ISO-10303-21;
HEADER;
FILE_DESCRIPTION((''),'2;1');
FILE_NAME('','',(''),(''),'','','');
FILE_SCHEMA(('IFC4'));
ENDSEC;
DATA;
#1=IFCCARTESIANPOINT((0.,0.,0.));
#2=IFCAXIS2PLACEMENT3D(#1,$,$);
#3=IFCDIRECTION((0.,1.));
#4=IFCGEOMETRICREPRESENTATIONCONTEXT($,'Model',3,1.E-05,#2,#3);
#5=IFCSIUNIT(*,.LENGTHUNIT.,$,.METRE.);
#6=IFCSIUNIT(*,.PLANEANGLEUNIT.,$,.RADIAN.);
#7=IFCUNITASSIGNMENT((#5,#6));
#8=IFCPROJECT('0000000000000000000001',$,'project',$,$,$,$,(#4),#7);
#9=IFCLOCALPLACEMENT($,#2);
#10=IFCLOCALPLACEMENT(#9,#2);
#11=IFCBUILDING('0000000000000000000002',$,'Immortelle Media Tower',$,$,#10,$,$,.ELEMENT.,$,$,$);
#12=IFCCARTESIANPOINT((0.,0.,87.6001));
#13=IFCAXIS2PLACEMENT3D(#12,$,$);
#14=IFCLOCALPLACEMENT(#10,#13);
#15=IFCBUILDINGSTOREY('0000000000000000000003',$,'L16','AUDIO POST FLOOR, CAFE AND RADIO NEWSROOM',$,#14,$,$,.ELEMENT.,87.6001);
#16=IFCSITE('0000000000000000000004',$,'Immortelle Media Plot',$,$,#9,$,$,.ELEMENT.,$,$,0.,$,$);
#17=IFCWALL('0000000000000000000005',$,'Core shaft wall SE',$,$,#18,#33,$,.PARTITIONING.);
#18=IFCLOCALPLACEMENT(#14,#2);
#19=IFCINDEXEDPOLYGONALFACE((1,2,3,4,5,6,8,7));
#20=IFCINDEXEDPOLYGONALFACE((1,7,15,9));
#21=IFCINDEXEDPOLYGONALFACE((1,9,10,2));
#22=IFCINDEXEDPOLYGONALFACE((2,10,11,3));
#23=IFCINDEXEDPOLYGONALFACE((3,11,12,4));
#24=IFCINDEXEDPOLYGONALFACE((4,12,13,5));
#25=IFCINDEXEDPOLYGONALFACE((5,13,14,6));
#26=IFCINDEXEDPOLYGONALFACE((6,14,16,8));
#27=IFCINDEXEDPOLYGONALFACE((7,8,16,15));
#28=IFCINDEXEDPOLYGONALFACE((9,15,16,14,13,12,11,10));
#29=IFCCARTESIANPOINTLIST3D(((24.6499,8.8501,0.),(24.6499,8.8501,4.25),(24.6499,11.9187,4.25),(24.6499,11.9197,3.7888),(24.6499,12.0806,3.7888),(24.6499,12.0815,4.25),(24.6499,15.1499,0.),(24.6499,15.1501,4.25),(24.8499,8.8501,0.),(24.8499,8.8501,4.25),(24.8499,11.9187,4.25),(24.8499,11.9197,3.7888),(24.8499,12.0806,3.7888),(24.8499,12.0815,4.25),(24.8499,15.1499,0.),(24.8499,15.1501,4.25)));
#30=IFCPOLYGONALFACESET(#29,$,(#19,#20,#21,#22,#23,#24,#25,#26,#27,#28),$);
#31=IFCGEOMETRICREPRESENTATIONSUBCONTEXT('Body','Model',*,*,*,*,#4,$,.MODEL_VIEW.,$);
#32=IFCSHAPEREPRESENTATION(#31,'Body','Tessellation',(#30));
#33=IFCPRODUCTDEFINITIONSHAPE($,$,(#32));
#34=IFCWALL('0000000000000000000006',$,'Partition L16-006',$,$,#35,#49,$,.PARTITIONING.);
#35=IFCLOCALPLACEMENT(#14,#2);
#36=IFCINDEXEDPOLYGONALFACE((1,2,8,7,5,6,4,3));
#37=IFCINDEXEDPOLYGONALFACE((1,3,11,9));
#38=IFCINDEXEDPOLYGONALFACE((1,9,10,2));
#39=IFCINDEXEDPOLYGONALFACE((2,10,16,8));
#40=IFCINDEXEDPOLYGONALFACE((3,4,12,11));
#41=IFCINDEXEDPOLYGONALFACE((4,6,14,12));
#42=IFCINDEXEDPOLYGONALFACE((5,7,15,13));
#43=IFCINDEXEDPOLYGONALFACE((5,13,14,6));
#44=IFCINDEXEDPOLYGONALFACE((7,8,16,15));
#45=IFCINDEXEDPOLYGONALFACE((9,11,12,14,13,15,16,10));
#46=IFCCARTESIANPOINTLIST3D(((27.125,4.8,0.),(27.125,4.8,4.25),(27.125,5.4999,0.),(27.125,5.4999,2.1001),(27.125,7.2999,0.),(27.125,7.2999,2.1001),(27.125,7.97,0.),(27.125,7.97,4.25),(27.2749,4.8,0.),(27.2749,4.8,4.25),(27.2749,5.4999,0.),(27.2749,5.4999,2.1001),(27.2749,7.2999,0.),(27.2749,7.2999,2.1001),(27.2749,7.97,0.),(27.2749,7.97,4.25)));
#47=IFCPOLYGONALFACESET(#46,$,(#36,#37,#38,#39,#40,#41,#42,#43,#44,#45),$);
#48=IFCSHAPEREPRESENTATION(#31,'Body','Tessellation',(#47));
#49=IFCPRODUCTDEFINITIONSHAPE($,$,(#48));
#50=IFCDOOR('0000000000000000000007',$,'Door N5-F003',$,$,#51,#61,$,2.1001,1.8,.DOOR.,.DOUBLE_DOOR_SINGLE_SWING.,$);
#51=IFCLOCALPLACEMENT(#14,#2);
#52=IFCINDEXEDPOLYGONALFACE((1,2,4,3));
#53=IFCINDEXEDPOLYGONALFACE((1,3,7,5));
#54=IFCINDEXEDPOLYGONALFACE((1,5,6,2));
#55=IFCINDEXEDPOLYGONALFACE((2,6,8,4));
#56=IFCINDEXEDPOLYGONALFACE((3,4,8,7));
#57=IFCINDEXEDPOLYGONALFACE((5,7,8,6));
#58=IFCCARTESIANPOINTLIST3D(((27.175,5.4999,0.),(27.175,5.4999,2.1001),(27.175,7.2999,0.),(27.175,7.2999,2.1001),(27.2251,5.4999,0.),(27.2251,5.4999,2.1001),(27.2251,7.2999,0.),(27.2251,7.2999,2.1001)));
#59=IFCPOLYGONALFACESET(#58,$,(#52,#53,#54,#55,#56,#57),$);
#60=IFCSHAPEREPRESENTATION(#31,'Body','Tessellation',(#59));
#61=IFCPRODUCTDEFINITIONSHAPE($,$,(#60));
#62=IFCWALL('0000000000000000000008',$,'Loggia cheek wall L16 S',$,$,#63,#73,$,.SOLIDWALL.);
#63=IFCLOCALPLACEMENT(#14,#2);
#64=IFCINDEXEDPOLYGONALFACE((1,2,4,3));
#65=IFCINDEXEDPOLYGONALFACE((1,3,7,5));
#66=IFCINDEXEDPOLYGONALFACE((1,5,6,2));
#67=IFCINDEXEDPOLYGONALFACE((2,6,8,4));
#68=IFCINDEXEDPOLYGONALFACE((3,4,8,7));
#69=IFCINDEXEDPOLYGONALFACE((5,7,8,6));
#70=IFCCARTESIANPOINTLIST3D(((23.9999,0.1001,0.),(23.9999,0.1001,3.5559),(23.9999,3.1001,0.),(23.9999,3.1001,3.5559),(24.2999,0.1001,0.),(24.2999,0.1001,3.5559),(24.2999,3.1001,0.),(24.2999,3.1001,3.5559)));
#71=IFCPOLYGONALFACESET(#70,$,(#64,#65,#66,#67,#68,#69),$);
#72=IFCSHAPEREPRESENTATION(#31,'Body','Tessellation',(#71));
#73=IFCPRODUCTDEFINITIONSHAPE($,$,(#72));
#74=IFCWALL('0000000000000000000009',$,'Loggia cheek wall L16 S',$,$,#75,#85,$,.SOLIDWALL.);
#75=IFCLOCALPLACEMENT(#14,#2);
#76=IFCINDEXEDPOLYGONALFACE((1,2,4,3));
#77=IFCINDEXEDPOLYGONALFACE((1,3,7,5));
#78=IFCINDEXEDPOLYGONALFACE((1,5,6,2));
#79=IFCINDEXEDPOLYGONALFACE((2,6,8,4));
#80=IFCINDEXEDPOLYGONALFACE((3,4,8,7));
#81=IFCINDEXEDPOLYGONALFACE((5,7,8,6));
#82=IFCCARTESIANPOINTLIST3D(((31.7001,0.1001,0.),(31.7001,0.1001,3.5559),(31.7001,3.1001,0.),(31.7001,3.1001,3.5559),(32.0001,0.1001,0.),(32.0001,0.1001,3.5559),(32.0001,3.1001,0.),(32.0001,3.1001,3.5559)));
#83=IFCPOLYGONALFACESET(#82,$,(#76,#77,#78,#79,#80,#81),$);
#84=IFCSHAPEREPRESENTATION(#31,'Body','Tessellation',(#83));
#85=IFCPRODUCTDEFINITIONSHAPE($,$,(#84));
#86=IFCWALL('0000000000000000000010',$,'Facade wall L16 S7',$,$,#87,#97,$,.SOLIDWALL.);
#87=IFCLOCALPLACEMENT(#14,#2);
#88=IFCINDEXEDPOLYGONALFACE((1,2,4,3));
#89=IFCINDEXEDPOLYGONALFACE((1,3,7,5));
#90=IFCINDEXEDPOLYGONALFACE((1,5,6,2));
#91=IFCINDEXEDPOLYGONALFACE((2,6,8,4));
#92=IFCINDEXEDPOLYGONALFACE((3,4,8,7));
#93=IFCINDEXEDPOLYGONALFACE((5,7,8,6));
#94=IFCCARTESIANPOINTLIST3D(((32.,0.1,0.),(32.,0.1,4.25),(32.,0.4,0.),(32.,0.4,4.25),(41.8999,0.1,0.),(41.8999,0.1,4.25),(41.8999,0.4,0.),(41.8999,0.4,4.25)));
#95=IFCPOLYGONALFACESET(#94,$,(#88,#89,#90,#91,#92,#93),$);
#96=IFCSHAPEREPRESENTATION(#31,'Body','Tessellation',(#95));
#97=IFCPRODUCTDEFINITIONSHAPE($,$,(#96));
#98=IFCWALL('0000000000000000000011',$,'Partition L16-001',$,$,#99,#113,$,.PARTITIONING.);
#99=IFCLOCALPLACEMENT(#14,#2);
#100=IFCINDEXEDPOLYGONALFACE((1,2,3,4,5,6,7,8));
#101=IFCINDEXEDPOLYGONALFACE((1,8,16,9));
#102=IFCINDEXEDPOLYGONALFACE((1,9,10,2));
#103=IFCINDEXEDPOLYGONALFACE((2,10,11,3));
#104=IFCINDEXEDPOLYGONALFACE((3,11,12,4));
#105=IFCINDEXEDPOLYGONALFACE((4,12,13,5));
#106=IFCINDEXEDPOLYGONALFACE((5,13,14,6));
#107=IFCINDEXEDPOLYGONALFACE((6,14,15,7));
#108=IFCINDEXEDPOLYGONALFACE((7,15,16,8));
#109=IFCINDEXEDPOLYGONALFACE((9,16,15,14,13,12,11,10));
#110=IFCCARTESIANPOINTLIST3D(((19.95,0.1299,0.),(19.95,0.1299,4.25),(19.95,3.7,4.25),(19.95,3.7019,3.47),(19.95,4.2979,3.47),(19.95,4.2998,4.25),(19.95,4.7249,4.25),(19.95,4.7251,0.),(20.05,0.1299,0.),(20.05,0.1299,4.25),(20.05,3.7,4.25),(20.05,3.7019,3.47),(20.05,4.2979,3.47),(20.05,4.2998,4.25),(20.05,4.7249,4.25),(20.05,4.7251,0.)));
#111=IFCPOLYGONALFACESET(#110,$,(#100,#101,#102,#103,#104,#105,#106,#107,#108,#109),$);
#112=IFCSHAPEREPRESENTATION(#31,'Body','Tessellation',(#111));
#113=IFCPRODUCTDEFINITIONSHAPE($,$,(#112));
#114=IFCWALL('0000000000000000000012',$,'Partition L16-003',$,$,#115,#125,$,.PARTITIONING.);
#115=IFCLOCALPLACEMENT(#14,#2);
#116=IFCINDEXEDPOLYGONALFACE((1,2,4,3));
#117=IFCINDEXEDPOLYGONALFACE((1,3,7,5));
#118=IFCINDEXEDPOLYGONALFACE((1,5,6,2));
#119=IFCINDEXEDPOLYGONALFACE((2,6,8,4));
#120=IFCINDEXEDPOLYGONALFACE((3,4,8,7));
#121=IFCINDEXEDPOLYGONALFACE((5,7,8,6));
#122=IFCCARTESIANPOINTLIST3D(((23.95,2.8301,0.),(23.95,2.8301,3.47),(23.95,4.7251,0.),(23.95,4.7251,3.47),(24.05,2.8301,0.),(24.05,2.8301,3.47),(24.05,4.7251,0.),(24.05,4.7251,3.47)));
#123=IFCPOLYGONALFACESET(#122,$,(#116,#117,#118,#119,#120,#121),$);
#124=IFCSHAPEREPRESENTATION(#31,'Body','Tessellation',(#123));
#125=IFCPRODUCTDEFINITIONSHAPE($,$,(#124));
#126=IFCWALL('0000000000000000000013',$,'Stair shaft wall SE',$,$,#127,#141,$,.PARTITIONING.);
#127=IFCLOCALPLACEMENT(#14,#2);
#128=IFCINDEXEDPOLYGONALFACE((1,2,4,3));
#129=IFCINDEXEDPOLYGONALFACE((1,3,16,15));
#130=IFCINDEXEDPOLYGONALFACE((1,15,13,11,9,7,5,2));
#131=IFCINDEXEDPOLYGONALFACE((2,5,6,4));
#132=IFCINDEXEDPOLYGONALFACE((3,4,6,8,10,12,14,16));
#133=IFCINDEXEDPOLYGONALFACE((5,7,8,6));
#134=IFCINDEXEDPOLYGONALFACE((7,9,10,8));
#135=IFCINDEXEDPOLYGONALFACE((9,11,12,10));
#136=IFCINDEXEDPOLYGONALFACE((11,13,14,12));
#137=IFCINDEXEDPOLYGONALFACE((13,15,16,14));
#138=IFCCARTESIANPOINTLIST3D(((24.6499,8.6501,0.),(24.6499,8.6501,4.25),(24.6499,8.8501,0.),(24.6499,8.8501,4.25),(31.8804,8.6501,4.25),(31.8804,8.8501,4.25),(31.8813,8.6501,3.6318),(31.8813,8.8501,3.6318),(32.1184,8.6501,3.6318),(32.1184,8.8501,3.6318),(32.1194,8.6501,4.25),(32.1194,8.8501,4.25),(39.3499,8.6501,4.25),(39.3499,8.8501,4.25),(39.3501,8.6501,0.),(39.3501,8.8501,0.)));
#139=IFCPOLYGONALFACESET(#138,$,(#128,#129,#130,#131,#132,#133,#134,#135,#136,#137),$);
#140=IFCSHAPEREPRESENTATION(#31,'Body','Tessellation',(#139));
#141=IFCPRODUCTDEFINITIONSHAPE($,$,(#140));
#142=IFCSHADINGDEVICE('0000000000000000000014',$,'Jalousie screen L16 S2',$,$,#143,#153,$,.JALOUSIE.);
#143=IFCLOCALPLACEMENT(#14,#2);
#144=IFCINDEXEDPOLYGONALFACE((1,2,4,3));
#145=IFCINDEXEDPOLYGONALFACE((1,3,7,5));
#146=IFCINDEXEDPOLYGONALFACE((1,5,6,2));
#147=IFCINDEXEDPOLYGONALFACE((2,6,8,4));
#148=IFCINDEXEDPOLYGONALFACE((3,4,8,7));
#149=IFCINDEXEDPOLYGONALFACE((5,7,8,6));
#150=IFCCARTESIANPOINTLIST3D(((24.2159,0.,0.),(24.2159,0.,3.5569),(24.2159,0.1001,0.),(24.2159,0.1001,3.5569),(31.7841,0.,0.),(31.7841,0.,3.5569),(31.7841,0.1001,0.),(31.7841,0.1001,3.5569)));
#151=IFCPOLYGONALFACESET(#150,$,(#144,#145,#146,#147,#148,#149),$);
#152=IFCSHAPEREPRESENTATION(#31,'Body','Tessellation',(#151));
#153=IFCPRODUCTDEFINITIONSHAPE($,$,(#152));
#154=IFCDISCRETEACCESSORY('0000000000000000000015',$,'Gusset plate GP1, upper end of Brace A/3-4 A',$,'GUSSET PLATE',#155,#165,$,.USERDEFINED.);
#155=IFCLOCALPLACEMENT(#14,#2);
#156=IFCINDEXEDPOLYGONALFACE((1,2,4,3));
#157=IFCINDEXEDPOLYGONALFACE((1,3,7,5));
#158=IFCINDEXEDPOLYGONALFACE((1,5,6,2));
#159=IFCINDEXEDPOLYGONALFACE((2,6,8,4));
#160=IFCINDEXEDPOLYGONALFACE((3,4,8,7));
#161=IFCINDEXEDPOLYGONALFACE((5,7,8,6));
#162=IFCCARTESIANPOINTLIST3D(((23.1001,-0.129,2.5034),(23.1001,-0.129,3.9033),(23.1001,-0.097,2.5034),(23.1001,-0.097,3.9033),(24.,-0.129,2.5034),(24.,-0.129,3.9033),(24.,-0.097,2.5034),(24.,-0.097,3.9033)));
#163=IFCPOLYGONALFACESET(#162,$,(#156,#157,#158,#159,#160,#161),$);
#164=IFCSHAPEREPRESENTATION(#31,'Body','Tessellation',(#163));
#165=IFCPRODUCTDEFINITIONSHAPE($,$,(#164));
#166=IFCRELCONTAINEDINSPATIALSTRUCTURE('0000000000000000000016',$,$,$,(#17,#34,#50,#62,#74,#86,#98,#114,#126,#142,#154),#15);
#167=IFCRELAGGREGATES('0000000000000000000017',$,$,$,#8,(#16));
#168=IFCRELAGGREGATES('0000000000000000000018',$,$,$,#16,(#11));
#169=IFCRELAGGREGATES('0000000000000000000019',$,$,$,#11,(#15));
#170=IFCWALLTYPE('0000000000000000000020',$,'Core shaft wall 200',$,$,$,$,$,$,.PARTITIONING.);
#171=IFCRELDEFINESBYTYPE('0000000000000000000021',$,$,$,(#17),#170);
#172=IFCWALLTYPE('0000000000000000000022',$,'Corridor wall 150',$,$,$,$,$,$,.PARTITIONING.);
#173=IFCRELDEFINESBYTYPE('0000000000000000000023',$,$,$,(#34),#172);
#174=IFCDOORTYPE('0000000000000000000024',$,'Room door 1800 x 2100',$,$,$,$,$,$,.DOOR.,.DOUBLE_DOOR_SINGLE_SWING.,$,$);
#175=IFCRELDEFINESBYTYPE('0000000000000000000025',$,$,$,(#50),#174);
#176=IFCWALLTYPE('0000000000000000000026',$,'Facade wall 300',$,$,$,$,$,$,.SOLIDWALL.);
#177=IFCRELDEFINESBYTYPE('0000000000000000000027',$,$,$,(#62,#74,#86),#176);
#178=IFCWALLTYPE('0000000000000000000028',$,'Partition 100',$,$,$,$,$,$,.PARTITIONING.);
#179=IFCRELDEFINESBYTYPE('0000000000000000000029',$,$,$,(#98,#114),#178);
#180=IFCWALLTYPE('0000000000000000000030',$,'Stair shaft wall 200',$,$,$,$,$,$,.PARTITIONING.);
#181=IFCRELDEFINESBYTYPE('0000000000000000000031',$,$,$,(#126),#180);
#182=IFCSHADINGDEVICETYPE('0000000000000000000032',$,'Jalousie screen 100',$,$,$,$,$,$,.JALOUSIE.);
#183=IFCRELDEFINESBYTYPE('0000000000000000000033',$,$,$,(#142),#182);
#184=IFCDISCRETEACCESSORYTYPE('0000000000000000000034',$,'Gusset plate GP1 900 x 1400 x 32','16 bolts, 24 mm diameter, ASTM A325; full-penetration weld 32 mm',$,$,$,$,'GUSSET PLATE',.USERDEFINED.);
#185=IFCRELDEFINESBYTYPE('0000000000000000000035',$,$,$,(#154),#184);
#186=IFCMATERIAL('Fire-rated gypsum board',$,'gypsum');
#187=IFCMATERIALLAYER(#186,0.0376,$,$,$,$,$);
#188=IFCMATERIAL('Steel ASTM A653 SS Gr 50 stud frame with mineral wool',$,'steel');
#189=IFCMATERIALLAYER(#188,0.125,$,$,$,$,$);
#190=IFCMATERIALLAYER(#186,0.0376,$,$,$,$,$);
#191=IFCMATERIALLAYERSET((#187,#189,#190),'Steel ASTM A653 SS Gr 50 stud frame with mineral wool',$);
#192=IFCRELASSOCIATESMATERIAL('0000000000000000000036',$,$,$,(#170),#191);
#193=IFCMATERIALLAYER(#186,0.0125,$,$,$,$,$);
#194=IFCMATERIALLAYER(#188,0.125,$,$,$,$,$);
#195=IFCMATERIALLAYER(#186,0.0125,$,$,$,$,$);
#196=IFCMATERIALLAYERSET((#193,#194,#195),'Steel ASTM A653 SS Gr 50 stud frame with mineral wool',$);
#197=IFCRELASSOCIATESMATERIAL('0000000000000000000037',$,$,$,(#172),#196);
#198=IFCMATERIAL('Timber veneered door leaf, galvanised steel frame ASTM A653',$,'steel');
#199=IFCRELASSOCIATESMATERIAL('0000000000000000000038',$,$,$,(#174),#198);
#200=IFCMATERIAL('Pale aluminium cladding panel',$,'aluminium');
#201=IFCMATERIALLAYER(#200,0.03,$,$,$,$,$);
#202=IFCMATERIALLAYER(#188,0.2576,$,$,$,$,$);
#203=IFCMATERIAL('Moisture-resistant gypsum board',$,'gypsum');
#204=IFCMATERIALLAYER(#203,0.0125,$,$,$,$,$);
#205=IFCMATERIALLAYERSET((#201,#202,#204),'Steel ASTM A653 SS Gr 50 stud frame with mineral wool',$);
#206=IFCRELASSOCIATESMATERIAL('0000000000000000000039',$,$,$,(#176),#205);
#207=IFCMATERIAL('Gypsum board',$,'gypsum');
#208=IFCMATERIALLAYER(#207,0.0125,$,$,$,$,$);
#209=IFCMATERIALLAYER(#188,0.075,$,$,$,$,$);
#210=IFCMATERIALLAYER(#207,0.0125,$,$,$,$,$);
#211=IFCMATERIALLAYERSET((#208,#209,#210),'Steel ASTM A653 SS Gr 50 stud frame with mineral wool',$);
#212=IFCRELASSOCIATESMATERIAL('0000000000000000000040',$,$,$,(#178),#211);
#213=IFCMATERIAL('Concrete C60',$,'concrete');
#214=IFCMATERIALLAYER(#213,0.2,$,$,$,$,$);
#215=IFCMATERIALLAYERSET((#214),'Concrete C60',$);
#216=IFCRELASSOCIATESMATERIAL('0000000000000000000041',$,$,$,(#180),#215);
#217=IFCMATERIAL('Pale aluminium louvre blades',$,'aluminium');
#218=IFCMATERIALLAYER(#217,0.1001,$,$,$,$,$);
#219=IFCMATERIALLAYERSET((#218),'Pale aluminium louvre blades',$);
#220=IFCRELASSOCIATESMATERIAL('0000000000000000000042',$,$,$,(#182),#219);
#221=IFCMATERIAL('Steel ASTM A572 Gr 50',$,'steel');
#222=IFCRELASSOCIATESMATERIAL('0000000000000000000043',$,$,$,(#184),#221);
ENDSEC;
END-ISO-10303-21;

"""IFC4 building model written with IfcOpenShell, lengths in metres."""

from ifc_helpers import new_model, si_unit, direction, frame, frame_2d, origin, origin_2d, place, context, subcontext, project, spatial, polyline, rectangle, outline, extrude, material, layer, layer_set, material_profile, profile_set, type_object, element, fill, save


model = new_model("IFC4")

# Units and contexts
model_context = context("Model", 3, precision=1e-05, world=origin(), true_north=direction((0.0, 1.0)))
body_context = subcontext(model_context, "Body", "Model", "MODEL_VIEW")
ifc_project = project(units=[si_unit("LENGTHUNIT", "METRE"), si_unit("PLANEANGLEUNIT", "RADIAN")], contexts=[model_context])

# Site, building, storey
site_placement = place(None, origin())
site = spatial("IfcSite", under=ifc_project, at=site_placement, Name="Immortelle Media Plot", CompositionType="ELEMENT", RefElevation=0.0)
building_placement = place(site_placement, origin())
building = spatial("IfcBuilding", under=site, at=building_placement, Name="Immortelle Media Tower", CompositionType="ELEMENT")
storey_placement = place(building_placement, frame((0.0, 0.0, 87.6001)))
storey = spatial("IfcBuildingStorey", under=building, at=storey_placement, Name="L16", Description="AUDIO POST FLOOR, CAFE AND RADIO NEWSROOM", CompositionType="ELEMENT", Elevation=87.6001)

# Shared definitions
ifc_material_1 = material(Name="Fire-rated gypsum board", Category="gypsum")
ifc_layer_1 = layer(ifc_material_1, 0.0376)
ifc_material_2 = material(Name="Steel ASTM A653 SS Gr 50 stud frame with mineral wool", Category="steel")
ifc_layer_2 = layer(ifc_material_2, 0.125)
ifc_layer_3 = layer(ifc_material_1, 0.0376)
ifc_layer_set_1 = layer_set([ifc_layer_1, ifc_layer_2, ifc_layer_3], Name="Steel ASTM A653 SS Gr 50 stud frame with mineral wool")
wall_type_1 = type_object("IfcWallType", Name="Core shaft wall 200", PredefinedType="PARTITIONING", material=ifc_layer_set_1)

# Wall
wall_1_placement = place(storey_placement, frame((24.75, 8.8501, 0.0), z_axis=(0.0, 0.0, 1.0), x_axis=(0.0, 1.0, 0.0)))
element("IfcWall", 1, at=wall_1_placement, inside=storey, type_object=wall_type_1, Name="Core shaft wall SE", PredefinedType="PARTITIONING", context=body_context, shape_type="SweptSolid", body=[
    extrude(outline(polyline([(0.0, 0.0), (6.2998, 0.0), (6.3, 4.25), (3.2314, 4.25), (3.2305, 3.7888), (3.0696, 3.7888), (3.0686, 4.25), (0.0, 4.25), (0.0, 0.0)])), frame((0.0, 0.1001, 0.0), z_axis=(0.0, -1.0, 0.0), x_axis=(1.0, 0.0, 0.0)), (0.0, 0.0, 1.0), 0.2),
])

# Wall, opening, door
ifc_layer_4 = layer(ifc_material_1, 0.0125)
ifc_layer_5 = layer(ifc_material_2, 0.125)
ifc_layer_6 = layer(ifc_material_1, 0.0125)
ifc_layer_set_2 = layer_set([ifc_layer_4, ifc_layer_5, ifc_layer_6], Name="Steel ASTM A653 SS Gr 50 stud frame with mineral wool")
wall_type_2 = type_object("IfcWallType", Name="Corridor wall 150", PredefinedType="PARTITIONING", material=ifc_layer_set_2)
wall_2_placement = place(storey_placement, frame((27.2, 4.8, 0.0), z_axis=(0.0, 0.0, 1.0), x_axis=(0.0, 1.0, 0.0)))
wall_2 = element("IfcWall", 2, at=wall_2_placement, inside=storey, type_object=wall_type_2, Name="Partition L16-006", PredefinedType="PARTITIONING", context=body_context, shape_type="SweptSolid", body=[
    extrude(rectangle(XDim=3.1699, YDim=0.1499, at=frame_2d((1.585, 0.0))), origin(), (0.0, 0.0, 1.0), 4.25),
])
opening_1_placement = place(wall_2_placement, frame((0.7, 0.0, 0.0)))
opening_1 = element("IfcOpeningElement", 3, at=opening_1_placement, cuts=wall_2, PredefinedType="OPENING", context=body_context, shape_type="SweptSolid", body=[
    extrude(rectangle(XDim=1.8, YDim=2.1001, at=frame_2d((0.8999, 1.05))), frame((0.0, 0.085, 0.0), z_axis=(0.0, -1.0, 0.0), x_axis=(1.0, 0.0, 0.0)), (0.0, 0.0, 1.0), 0.1699),
])
ifc_material_3 = material(Name="Timber veneered door leaf, galvanised steel frame ASTM A653", Category="steel")
door_type_1 = type_object("IfcDoorType", Name="Room door 1800 x 2100", OperationType="DOUBLE_DOOR_SINGLE_SWING", PredefinedType="DOOR", material=ifc_material_3)
door_1_placement = place(opening_1_placement, origin())
door_1 = element("IfcDoor", 4, at=door_1_placement, inside=storey, type_object=door_type_1, Name="Door N5-F003", OperationType="DOUBLE_DOOR_SINGLE_SWING", OverallHeight=2.1001, OverallWidth=1.8, PredefinedType="DOOR", context=body_context, shape_type="SweptSolid", body=[
    extrude(rectangle(XDim=1.8, YDim=2.1001, at=frame_2d((0.8999, 1.05))), frame((0.0, 0.0249, 0.0), z_axis=(0.0, -1.0, 0.0), x_axis=(1.0, 0.0, 0.0)), (0.0, 0.0, 1.0), 0.05),
])
fill(opening_1, door_1)

# Shared definitions
ifc_material_4 = material(Name="Pale aluminium cladding panel", Category="aluminium")
ifc_layer_7 = layer(ifc_material_4, 0.03)
ifc_layer_8 = layer(ifc_material_2, 0.2576)
ifc_material_5 = material(Name="Moisture-resistant gypsum board", Category="gypsum")
ifc_layer_9 = layer(ifc_material_5, 0.0125)
ifc_layer_set_3 = layer_set([ifc_layer_7, ifc_layer_8, ifc_layer_9], Name="Steel ASTM A653 SS Gr 50 stud frame with mineral wool")
wall_type_3 = type_object("IfcWallType", Name="Facade wall 300", PredefinedType="SOLIDWALL", material=ifc_layer_set_3)

# Walls
for number, where, z_axis, x_axis, name in (
    (5, (24.1499, 0.1001, 0.0), (0.0, 0.0, 1.0), (0.0, 1.0, 0.0), "Loggia cheek wall L16 S"),
    (6, (31.8501, 0.1001, 0.0), (0.0, 0.0, 1.0), (0.0, 1.0, 0.0), "Loggia cheek wall L16 S"),
):
    element("IfcWall", number, at=place(storey_placement, frame(where, z_axis=z_axis, x_axis=x_axis)), inside=storey, type_object=wall_type_3, Name=name, PredefinedType="SOLIDWALL", context=body_context, shape_type="SweptSolid", body=[
        extrude(rectangle(XDim=3.0, YDim=0.3, at=frame_2d((1.5, 0.0))), origin(), (0.0, 0.0, 1.0), 3.5559),
    ])
wall_3_placement = place(storey_placement, frame((32.0, 0.25, 0.0), z_axis=(0.0, 0.0, 1.0), x_axis=(1.0, 0.0, 0.0)))
element("IfcWall", 7, at=wall_3_placement, inside=storey, type_object=wall_type_3, Name="Facade wall L16 S7", PredefinedType="SOLIDWALL", context=body_context, shape_type="SweptSolid", body=[
    extrude(rectangle(XDim=9.8999, YDim=0.3, at=frame_2d((4.95, 0.0))), origin(), (0.0, 0.0, 1.0), 4.25),
])
ifc_material_6 = material(Name="Gypsum board", Category="gypsum")
ifc_layer_10 = layer(ifc_material_6, 0.0125)
ifc_layer_11 = layer(ifc_material_2, 0.075)
ifc_layer_12 = layer(ifc_material_6, 0.0125)
ifc_layer_set_4 = layer_set([ifc_layer_10, ifc_layer_11, ifc_layer_12], Name="Steel ASTM A653 SS Gr 50 stud frame with mineral wool")
wall_type_4 = type_object("IfcWallType", Name="Partition 100", PredefinedType="PARTITIONING", material=ifc_layer_set_4)
wall_4_placement = place(storey_placement, frame((20.0, 0.1299, 0.0), z_axis=(0.0, 0.0, 1.0), x_axis=(0.0, 1.0, 0.0)))
element("IfcWall", 8, at=wall_4_placement, inside=storey, type_object=wall_type_4, Name="Partition L16-001", PredefinedType="PARTITIONING", context=body_context, shape_type="SweptSolid", body=[
    extrude(outline(polyline([(0.0, 0.0), (4.5952, 0.0), (4.595, 4.25), (4.1699, 4.25), (4.168, 3.47), (3.572, 3.47), (3.5701, 4.25), (0.0, 4.25), (0.0, 0.0)])), frame((0.0, 0.05, 0.0), z_axis=(0.0, -1.0, 0.0), x_axis=(1.0, 0.0, 0.0)), (0.0, 0.0, 1.0), 0.1001),
])
wall_5_placement = place(storey_placement, frame((24.0, 2.8301, 0.0), z_axis=(0.0, 0.0, 1.0), x_axis=(0.0, 1.0, 0.0)))
element("IfcWall", 9, at=wall_5_placement, inside=storey, type_object=wall_type_4, Name="Partition L16-003", PredefinedType="PARTITIONING", context=body_context, shape_type="SweptSolid", body=[
    extrude(rectangle(XDim=1.895, YDim=0.1001, at=frame_2d((0.9475, 0.0))), origin(), (0.0, 0.0, 1.0), 3.47),
])
ifc_material_7 = material(Name="Concrete C60", Category="concrete")
ifc_layer_13 = layer(ifc_material_7, 0.2)
ifc_layer_set_5 = layer_set([ifc_layer_13], Name="Concrete C60")
wall_type_5 = type_object("IfcWallType", Name="Stair shaft wall 200", PredefinedType="PARTITIONING", material=ifc_layer_set_5)
wall_6_placement = place(storey_placement, frame((24.6499, 8.75, 0.0), z_axis=(0.0, 0.0, 1.0), x_axis=(1.0, 0.0, 0.0)))
element("IfcWall", 10, at=wall_6_placement, inside=storey, type_object=wall_type_5, Name="Stair shaft wall SE", PredefinedType="PARTITIONING", context=body_context, shape_type="SweptSolid", body=[
    extrude(outline(polyline([(0.0, 0.0), (14.7002, 0.0), (14.7, 4.25), (7.4695, 4.25), (7.4685, 3.6318), (7.2314, 3.6318), (7.2305, 4.25), (0.0, 4.25), (0.0, 0.0)])), frame((0.0, 0.1001, 0.0), z_axis=(0.0, -1.0, 0.0), x_axis=(1.0, 0.0, 0.0)), (0.0, 0.0, 1.0), 0.2),
])

# Shading device
ifc_material_8 = material(Name="Pale aluminium louvre blades", Category="aluminium")
ifc_layer_14 = layer(ifc_material_8, 0.1001)
ifc_layer_set_6 = layer_set([ifc_layer_14], Name="Pale aluminium louvre blades")
shading_device_type = type_object("IfcShadingDeviceType", Name="Jalousie screen 100", PredefinedType="JALOUSIE", material=ifc_layer_set_6)
shading_device_placement = place(storey_placement, frame((28.0, 0.05, 0.0), z_axis=(0.0, 0.0, 1.0), x_axis=(1.0, 0.0, 0.0)))
element("IfcShadingDevice", 11, at=shading_device_placement, inside=storey, type_object=shading_device_type, Name="Jalousie screen L16 S2", PredefinedType="JALOUSIE", context=body_context, shape_type="SweptSolid", body=[
    extrude(rectangle(XDim=7.5681, YDim=0.1001, at=origin_2d()), origin(), (0.0, 0.0, 1.0), 3.5569),
])

# Discrete accessory
ifc_material_9 = material(Name="Steel ASTM A572 Gr 50", Category="steel")
ifc_material_profile_1 = material_profile(ifc_material_9, rectangle(XDim=0.032, YDim=1.3999, at=origin_2d()), Name="PL 32 x 1400")
ifc_profile_set_1 = profile_set([ifc_material_profile_1], Name="Steel ASTM A572 Gr 50")
discrete_accessory_type = type_object("IfcDiscreteAccessoryType", Name="Gusset plate GP1 900 x 1400 x 32", Description="16 bolts, 24 mm diameter, ASTM A325; full-penetration weld 32 mm", ElementType="GUSSET PLATE", PredefinedType="USERDEFINED", material=ifc_profile_set_1)
for number, where, z_axis, x_axis, name in (
    (12, (24.0, -0.113, 3.2034), (-1.0, 0.0, 0.0), (0.0, -1.0, 0.0), "Gusset plate GP1, upper end of Brace A/3-4 A"),
):
    element("IfcDiscreteAccessory", number, at=place(storey_placement, frame(where, z_axis=z_axis, x_axis=x_axis)), inside=storey, type_object=discrete_accessory_type, Name=name, ObjectType="GUSSET PLATE", PredefinedType="USERDEFINED", context=body_context, shape_type="SweptSolid", body=[
        extrude(rectangle(XDim=0.032, YDim=1.3999, at=origin_2d()), origin(), (0.0, 0.0, 1.0), 0.8999),
    ])

save(model, "model.ifc")
